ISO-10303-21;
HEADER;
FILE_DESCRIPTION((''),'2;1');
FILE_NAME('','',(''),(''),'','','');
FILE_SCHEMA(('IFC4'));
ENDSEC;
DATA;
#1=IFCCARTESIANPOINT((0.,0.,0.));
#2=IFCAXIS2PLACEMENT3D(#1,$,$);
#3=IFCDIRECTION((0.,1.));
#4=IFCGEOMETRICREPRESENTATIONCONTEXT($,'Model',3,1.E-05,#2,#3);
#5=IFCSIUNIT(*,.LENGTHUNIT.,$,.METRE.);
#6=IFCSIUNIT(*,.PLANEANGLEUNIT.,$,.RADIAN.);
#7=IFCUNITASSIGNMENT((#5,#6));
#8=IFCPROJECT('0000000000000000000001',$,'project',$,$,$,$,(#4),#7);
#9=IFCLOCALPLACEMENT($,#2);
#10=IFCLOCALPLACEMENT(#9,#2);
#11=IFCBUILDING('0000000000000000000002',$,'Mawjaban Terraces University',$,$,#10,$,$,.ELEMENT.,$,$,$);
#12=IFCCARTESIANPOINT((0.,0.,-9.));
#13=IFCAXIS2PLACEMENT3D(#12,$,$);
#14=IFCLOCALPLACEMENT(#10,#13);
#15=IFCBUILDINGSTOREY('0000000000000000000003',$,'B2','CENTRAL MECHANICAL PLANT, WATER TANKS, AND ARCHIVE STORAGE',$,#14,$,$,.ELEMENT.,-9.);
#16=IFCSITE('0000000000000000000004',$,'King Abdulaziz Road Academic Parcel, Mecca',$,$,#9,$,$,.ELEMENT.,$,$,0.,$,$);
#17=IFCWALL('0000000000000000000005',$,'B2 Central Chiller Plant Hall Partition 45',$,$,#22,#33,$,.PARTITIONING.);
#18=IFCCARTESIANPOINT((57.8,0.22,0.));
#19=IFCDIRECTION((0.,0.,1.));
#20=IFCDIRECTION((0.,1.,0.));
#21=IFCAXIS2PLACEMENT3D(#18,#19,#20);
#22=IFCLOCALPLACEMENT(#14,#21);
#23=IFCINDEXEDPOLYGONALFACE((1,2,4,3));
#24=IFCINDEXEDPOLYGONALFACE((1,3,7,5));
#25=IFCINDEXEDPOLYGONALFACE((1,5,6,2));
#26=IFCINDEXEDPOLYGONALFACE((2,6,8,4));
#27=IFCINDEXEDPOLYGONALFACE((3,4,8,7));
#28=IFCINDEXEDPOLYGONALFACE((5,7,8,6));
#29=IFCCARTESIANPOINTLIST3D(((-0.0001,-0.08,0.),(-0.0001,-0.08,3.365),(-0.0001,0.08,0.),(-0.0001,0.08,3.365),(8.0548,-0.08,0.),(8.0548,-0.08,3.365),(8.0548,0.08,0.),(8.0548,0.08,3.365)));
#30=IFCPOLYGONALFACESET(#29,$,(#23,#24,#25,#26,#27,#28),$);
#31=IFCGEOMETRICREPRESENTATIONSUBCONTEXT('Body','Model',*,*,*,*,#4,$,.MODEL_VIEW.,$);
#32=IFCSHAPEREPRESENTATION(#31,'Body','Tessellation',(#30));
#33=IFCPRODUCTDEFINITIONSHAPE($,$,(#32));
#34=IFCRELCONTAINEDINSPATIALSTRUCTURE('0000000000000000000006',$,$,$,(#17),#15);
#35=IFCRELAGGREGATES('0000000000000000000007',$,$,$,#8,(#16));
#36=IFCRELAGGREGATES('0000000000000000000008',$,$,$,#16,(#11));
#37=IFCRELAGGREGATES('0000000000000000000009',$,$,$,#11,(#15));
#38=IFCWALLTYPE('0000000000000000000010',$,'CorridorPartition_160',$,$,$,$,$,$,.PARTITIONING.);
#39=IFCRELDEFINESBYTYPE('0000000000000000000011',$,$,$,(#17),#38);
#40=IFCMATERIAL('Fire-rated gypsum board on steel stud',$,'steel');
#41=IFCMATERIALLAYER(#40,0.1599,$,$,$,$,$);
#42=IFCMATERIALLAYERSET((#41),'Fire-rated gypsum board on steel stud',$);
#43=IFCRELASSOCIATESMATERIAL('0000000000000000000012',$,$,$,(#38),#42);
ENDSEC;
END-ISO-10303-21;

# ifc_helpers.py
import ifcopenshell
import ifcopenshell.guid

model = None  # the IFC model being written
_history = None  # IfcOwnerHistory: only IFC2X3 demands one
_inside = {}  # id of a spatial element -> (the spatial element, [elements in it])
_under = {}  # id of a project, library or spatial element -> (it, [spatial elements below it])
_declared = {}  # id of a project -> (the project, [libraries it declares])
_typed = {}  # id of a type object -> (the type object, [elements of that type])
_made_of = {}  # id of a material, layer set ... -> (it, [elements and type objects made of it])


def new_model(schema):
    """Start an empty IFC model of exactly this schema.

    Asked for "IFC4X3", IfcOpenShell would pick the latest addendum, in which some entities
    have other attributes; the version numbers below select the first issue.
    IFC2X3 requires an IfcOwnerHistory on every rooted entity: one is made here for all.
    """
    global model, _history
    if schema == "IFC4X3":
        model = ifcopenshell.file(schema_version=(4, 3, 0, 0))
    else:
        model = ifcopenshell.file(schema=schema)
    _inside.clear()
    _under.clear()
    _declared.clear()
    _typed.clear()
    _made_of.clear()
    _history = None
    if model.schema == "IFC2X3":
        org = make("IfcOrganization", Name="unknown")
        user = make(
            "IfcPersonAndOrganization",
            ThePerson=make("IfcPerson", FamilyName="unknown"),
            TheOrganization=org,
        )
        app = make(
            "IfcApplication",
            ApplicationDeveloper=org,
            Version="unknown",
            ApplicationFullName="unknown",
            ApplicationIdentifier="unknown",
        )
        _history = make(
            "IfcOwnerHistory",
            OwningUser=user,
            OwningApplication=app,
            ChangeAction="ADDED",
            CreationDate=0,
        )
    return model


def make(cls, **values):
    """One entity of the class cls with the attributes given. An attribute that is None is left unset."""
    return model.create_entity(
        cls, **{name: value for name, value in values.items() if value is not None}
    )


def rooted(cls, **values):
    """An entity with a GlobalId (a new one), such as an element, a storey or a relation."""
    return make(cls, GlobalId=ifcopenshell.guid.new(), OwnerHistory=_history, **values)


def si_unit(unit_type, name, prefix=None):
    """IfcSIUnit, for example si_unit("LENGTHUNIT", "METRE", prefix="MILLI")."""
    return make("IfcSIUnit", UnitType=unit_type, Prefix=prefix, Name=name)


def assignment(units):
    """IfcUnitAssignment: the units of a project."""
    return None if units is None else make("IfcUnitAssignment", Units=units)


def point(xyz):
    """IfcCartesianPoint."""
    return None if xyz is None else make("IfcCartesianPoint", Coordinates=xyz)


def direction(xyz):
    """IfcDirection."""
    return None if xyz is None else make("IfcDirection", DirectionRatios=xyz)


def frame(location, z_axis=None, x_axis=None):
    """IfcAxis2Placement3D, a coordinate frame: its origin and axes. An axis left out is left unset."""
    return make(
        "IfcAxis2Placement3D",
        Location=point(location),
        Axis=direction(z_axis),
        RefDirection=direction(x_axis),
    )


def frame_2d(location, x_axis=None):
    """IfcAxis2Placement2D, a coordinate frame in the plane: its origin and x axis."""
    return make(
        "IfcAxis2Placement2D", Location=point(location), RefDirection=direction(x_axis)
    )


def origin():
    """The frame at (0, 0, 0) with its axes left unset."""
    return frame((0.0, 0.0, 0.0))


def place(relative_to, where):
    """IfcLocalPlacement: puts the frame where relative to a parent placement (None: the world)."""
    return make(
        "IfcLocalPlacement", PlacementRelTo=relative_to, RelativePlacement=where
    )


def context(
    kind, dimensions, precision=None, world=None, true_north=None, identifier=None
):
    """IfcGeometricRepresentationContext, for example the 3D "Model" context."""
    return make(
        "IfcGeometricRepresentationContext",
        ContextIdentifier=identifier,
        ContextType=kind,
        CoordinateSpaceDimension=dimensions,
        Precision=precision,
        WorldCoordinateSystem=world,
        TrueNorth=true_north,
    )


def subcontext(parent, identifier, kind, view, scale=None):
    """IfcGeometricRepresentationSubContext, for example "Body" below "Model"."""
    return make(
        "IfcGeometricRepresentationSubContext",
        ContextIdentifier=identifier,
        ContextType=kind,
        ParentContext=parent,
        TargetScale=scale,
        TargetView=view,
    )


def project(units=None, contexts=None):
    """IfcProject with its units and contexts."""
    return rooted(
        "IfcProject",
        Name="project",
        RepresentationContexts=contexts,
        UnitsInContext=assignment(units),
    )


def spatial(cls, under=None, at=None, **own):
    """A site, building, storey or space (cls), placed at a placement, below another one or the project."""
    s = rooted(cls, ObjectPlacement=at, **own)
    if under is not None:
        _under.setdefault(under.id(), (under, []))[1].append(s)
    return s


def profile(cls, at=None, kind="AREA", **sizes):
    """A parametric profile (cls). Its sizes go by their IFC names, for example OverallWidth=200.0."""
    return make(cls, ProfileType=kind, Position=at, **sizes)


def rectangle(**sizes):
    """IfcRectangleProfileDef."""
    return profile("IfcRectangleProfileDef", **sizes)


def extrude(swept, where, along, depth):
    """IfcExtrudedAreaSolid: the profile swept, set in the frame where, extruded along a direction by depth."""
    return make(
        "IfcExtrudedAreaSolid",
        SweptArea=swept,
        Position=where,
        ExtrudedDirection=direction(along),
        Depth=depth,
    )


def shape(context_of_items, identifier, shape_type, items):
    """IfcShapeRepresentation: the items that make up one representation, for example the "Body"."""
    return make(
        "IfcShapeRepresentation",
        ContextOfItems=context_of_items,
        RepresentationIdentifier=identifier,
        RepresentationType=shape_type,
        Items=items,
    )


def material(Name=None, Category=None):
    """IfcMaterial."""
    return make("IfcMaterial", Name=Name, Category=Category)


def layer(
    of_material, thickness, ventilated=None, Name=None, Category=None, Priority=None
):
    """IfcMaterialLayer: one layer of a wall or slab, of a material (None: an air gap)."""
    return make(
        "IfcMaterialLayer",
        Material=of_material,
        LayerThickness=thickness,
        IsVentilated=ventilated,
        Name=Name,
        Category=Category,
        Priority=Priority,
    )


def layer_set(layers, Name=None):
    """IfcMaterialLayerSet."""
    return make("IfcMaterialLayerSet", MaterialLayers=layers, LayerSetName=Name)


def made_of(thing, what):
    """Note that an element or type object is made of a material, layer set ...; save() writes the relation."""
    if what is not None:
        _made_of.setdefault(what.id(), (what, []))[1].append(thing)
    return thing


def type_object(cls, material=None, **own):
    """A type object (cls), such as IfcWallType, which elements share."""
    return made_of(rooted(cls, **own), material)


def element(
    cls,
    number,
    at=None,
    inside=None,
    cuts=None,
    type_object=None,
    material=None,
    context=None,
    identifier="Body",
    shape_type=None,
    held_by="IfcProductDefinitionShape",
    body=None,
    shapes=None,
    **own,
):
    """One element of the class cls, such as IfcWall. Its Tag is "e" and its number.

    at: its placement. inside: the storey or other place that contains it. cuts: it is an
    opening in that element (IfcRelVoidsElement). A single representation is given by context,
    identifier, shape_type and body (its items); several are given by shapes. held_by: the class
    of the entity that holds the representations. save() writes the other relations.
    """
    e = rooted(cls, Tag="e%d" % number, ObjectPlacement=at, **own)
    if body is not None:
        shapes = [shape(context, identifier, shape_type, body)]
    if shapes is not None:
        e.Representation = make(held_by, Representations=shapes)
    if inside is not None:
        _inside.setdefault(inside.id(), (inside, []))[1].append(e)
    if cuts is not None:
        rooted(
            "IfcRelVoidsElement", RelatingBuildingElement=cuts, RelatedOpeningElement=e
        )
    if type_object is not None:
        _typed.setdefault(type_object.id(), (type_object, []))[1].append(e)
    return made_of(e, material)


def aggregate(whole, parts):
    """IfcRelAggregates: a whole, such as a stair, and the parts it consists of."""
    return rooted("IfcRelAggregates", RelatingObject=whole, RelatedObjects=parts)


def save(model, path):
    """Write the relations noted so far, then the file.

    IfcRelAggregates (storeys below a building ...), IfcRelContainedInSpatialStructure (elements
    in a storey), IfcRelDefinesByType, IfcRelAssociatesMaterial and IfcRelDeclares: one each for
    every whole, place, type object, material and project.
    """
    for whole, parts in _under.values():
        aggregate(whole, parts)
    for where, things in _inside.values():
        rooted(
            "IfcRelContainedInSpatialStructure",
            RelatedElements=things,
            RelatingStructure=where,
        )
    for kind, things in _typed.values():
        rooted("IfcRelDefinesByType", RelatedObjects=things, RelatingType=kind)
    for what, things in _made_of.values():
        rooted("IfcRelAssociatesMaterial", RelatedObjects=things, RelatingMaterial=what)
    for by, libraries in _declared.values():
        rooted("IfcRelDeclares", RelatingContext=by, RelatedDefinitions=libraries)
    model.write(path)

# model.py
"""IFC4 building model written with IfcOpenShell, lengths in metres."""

from ifc_helpers import new_model, si_unit, direction, frame, frame_2d, origin, place, context, subcontext, project, spatial, rectangle, extrude, material, layer, layer_set, type_object, element, save


model = new_model("IFC4")

# Units and contexts
model_context = context("Model", 3, precision=1e-05, world=origin(), true_north=direction((0.0, 1.0)))
body_context = subcontext(model_context, "Body", "Model", "MODEL_VIEW")
ifc_project = project(units=[si_unit("LENGTHUNIT", "METRE"), si_unit("PLANEANGLEUNIT", "RADIAN")], contexts=[model_context])

# Site, building, storey
site_placement = place(None, origin())
site = spatial("IfcSite", under=ifc_project, at=site_placement, Name="King Abdulaziz Road Academic Parcel, Mecca", CompositionType="ELEMENT", RefElevation=0.0)
building_placement = place(site_placement, origin())
building = spatial("IfcBuilding", under=site, at=building_placement, Name="Mawjaban Terraces University", CompositionType="ELEMENT")
storey_placement = place(building_placement, frame((0.0, 0.0, -9.0)))
storey = spatial("IfcBuildingStorey", under=building, at=storey_placement, Name="B2", Description="CENTRAL MECHANICAL PLANT, WATER TANKS, AND ARCHIVE STORAGE", CompositionType="ELEMENT", Elevation=-9.0)

# Shared definitions
ifc_material_1 = material(Name="Fire-rated gypsum board on steel stud", Category="steel")
ifc_layer = layer(ifc_material_1, 0.1599)
ifc_layer_set = layer_set([ifc_layer], Name="Fire-rated gypsum board on steel stud")
wall_type = type_object("IfcWallType", Name="CorridorPartition_160", PredefinedType="PARTITIONING", material=ifc_layer_set)

# Wall
wall_1_placement = place(storey_placement, frame((57.8, 0.22, 0.0), z_axis=(0.0, 0.0, 1.0), x_axis=(0.0, 1.0, 0.0)))
element("IfcWall", 1, at=wall_1_placement, inside=storey, type_object=wall_type, Name="B2 Central Chiller Plant Hall Partition 45", PredefinedType="PARTITIONING", context=body_context, shape_type="SweptSolid", body=[
    extrude(rectangle(XDim=8.0549, YDim=0.1599, at=frame_2d((4.0273, 0.0))), origin(), (0.0, 0.0, 1.0), 3.365),
])

save(model, "model.ifc")
